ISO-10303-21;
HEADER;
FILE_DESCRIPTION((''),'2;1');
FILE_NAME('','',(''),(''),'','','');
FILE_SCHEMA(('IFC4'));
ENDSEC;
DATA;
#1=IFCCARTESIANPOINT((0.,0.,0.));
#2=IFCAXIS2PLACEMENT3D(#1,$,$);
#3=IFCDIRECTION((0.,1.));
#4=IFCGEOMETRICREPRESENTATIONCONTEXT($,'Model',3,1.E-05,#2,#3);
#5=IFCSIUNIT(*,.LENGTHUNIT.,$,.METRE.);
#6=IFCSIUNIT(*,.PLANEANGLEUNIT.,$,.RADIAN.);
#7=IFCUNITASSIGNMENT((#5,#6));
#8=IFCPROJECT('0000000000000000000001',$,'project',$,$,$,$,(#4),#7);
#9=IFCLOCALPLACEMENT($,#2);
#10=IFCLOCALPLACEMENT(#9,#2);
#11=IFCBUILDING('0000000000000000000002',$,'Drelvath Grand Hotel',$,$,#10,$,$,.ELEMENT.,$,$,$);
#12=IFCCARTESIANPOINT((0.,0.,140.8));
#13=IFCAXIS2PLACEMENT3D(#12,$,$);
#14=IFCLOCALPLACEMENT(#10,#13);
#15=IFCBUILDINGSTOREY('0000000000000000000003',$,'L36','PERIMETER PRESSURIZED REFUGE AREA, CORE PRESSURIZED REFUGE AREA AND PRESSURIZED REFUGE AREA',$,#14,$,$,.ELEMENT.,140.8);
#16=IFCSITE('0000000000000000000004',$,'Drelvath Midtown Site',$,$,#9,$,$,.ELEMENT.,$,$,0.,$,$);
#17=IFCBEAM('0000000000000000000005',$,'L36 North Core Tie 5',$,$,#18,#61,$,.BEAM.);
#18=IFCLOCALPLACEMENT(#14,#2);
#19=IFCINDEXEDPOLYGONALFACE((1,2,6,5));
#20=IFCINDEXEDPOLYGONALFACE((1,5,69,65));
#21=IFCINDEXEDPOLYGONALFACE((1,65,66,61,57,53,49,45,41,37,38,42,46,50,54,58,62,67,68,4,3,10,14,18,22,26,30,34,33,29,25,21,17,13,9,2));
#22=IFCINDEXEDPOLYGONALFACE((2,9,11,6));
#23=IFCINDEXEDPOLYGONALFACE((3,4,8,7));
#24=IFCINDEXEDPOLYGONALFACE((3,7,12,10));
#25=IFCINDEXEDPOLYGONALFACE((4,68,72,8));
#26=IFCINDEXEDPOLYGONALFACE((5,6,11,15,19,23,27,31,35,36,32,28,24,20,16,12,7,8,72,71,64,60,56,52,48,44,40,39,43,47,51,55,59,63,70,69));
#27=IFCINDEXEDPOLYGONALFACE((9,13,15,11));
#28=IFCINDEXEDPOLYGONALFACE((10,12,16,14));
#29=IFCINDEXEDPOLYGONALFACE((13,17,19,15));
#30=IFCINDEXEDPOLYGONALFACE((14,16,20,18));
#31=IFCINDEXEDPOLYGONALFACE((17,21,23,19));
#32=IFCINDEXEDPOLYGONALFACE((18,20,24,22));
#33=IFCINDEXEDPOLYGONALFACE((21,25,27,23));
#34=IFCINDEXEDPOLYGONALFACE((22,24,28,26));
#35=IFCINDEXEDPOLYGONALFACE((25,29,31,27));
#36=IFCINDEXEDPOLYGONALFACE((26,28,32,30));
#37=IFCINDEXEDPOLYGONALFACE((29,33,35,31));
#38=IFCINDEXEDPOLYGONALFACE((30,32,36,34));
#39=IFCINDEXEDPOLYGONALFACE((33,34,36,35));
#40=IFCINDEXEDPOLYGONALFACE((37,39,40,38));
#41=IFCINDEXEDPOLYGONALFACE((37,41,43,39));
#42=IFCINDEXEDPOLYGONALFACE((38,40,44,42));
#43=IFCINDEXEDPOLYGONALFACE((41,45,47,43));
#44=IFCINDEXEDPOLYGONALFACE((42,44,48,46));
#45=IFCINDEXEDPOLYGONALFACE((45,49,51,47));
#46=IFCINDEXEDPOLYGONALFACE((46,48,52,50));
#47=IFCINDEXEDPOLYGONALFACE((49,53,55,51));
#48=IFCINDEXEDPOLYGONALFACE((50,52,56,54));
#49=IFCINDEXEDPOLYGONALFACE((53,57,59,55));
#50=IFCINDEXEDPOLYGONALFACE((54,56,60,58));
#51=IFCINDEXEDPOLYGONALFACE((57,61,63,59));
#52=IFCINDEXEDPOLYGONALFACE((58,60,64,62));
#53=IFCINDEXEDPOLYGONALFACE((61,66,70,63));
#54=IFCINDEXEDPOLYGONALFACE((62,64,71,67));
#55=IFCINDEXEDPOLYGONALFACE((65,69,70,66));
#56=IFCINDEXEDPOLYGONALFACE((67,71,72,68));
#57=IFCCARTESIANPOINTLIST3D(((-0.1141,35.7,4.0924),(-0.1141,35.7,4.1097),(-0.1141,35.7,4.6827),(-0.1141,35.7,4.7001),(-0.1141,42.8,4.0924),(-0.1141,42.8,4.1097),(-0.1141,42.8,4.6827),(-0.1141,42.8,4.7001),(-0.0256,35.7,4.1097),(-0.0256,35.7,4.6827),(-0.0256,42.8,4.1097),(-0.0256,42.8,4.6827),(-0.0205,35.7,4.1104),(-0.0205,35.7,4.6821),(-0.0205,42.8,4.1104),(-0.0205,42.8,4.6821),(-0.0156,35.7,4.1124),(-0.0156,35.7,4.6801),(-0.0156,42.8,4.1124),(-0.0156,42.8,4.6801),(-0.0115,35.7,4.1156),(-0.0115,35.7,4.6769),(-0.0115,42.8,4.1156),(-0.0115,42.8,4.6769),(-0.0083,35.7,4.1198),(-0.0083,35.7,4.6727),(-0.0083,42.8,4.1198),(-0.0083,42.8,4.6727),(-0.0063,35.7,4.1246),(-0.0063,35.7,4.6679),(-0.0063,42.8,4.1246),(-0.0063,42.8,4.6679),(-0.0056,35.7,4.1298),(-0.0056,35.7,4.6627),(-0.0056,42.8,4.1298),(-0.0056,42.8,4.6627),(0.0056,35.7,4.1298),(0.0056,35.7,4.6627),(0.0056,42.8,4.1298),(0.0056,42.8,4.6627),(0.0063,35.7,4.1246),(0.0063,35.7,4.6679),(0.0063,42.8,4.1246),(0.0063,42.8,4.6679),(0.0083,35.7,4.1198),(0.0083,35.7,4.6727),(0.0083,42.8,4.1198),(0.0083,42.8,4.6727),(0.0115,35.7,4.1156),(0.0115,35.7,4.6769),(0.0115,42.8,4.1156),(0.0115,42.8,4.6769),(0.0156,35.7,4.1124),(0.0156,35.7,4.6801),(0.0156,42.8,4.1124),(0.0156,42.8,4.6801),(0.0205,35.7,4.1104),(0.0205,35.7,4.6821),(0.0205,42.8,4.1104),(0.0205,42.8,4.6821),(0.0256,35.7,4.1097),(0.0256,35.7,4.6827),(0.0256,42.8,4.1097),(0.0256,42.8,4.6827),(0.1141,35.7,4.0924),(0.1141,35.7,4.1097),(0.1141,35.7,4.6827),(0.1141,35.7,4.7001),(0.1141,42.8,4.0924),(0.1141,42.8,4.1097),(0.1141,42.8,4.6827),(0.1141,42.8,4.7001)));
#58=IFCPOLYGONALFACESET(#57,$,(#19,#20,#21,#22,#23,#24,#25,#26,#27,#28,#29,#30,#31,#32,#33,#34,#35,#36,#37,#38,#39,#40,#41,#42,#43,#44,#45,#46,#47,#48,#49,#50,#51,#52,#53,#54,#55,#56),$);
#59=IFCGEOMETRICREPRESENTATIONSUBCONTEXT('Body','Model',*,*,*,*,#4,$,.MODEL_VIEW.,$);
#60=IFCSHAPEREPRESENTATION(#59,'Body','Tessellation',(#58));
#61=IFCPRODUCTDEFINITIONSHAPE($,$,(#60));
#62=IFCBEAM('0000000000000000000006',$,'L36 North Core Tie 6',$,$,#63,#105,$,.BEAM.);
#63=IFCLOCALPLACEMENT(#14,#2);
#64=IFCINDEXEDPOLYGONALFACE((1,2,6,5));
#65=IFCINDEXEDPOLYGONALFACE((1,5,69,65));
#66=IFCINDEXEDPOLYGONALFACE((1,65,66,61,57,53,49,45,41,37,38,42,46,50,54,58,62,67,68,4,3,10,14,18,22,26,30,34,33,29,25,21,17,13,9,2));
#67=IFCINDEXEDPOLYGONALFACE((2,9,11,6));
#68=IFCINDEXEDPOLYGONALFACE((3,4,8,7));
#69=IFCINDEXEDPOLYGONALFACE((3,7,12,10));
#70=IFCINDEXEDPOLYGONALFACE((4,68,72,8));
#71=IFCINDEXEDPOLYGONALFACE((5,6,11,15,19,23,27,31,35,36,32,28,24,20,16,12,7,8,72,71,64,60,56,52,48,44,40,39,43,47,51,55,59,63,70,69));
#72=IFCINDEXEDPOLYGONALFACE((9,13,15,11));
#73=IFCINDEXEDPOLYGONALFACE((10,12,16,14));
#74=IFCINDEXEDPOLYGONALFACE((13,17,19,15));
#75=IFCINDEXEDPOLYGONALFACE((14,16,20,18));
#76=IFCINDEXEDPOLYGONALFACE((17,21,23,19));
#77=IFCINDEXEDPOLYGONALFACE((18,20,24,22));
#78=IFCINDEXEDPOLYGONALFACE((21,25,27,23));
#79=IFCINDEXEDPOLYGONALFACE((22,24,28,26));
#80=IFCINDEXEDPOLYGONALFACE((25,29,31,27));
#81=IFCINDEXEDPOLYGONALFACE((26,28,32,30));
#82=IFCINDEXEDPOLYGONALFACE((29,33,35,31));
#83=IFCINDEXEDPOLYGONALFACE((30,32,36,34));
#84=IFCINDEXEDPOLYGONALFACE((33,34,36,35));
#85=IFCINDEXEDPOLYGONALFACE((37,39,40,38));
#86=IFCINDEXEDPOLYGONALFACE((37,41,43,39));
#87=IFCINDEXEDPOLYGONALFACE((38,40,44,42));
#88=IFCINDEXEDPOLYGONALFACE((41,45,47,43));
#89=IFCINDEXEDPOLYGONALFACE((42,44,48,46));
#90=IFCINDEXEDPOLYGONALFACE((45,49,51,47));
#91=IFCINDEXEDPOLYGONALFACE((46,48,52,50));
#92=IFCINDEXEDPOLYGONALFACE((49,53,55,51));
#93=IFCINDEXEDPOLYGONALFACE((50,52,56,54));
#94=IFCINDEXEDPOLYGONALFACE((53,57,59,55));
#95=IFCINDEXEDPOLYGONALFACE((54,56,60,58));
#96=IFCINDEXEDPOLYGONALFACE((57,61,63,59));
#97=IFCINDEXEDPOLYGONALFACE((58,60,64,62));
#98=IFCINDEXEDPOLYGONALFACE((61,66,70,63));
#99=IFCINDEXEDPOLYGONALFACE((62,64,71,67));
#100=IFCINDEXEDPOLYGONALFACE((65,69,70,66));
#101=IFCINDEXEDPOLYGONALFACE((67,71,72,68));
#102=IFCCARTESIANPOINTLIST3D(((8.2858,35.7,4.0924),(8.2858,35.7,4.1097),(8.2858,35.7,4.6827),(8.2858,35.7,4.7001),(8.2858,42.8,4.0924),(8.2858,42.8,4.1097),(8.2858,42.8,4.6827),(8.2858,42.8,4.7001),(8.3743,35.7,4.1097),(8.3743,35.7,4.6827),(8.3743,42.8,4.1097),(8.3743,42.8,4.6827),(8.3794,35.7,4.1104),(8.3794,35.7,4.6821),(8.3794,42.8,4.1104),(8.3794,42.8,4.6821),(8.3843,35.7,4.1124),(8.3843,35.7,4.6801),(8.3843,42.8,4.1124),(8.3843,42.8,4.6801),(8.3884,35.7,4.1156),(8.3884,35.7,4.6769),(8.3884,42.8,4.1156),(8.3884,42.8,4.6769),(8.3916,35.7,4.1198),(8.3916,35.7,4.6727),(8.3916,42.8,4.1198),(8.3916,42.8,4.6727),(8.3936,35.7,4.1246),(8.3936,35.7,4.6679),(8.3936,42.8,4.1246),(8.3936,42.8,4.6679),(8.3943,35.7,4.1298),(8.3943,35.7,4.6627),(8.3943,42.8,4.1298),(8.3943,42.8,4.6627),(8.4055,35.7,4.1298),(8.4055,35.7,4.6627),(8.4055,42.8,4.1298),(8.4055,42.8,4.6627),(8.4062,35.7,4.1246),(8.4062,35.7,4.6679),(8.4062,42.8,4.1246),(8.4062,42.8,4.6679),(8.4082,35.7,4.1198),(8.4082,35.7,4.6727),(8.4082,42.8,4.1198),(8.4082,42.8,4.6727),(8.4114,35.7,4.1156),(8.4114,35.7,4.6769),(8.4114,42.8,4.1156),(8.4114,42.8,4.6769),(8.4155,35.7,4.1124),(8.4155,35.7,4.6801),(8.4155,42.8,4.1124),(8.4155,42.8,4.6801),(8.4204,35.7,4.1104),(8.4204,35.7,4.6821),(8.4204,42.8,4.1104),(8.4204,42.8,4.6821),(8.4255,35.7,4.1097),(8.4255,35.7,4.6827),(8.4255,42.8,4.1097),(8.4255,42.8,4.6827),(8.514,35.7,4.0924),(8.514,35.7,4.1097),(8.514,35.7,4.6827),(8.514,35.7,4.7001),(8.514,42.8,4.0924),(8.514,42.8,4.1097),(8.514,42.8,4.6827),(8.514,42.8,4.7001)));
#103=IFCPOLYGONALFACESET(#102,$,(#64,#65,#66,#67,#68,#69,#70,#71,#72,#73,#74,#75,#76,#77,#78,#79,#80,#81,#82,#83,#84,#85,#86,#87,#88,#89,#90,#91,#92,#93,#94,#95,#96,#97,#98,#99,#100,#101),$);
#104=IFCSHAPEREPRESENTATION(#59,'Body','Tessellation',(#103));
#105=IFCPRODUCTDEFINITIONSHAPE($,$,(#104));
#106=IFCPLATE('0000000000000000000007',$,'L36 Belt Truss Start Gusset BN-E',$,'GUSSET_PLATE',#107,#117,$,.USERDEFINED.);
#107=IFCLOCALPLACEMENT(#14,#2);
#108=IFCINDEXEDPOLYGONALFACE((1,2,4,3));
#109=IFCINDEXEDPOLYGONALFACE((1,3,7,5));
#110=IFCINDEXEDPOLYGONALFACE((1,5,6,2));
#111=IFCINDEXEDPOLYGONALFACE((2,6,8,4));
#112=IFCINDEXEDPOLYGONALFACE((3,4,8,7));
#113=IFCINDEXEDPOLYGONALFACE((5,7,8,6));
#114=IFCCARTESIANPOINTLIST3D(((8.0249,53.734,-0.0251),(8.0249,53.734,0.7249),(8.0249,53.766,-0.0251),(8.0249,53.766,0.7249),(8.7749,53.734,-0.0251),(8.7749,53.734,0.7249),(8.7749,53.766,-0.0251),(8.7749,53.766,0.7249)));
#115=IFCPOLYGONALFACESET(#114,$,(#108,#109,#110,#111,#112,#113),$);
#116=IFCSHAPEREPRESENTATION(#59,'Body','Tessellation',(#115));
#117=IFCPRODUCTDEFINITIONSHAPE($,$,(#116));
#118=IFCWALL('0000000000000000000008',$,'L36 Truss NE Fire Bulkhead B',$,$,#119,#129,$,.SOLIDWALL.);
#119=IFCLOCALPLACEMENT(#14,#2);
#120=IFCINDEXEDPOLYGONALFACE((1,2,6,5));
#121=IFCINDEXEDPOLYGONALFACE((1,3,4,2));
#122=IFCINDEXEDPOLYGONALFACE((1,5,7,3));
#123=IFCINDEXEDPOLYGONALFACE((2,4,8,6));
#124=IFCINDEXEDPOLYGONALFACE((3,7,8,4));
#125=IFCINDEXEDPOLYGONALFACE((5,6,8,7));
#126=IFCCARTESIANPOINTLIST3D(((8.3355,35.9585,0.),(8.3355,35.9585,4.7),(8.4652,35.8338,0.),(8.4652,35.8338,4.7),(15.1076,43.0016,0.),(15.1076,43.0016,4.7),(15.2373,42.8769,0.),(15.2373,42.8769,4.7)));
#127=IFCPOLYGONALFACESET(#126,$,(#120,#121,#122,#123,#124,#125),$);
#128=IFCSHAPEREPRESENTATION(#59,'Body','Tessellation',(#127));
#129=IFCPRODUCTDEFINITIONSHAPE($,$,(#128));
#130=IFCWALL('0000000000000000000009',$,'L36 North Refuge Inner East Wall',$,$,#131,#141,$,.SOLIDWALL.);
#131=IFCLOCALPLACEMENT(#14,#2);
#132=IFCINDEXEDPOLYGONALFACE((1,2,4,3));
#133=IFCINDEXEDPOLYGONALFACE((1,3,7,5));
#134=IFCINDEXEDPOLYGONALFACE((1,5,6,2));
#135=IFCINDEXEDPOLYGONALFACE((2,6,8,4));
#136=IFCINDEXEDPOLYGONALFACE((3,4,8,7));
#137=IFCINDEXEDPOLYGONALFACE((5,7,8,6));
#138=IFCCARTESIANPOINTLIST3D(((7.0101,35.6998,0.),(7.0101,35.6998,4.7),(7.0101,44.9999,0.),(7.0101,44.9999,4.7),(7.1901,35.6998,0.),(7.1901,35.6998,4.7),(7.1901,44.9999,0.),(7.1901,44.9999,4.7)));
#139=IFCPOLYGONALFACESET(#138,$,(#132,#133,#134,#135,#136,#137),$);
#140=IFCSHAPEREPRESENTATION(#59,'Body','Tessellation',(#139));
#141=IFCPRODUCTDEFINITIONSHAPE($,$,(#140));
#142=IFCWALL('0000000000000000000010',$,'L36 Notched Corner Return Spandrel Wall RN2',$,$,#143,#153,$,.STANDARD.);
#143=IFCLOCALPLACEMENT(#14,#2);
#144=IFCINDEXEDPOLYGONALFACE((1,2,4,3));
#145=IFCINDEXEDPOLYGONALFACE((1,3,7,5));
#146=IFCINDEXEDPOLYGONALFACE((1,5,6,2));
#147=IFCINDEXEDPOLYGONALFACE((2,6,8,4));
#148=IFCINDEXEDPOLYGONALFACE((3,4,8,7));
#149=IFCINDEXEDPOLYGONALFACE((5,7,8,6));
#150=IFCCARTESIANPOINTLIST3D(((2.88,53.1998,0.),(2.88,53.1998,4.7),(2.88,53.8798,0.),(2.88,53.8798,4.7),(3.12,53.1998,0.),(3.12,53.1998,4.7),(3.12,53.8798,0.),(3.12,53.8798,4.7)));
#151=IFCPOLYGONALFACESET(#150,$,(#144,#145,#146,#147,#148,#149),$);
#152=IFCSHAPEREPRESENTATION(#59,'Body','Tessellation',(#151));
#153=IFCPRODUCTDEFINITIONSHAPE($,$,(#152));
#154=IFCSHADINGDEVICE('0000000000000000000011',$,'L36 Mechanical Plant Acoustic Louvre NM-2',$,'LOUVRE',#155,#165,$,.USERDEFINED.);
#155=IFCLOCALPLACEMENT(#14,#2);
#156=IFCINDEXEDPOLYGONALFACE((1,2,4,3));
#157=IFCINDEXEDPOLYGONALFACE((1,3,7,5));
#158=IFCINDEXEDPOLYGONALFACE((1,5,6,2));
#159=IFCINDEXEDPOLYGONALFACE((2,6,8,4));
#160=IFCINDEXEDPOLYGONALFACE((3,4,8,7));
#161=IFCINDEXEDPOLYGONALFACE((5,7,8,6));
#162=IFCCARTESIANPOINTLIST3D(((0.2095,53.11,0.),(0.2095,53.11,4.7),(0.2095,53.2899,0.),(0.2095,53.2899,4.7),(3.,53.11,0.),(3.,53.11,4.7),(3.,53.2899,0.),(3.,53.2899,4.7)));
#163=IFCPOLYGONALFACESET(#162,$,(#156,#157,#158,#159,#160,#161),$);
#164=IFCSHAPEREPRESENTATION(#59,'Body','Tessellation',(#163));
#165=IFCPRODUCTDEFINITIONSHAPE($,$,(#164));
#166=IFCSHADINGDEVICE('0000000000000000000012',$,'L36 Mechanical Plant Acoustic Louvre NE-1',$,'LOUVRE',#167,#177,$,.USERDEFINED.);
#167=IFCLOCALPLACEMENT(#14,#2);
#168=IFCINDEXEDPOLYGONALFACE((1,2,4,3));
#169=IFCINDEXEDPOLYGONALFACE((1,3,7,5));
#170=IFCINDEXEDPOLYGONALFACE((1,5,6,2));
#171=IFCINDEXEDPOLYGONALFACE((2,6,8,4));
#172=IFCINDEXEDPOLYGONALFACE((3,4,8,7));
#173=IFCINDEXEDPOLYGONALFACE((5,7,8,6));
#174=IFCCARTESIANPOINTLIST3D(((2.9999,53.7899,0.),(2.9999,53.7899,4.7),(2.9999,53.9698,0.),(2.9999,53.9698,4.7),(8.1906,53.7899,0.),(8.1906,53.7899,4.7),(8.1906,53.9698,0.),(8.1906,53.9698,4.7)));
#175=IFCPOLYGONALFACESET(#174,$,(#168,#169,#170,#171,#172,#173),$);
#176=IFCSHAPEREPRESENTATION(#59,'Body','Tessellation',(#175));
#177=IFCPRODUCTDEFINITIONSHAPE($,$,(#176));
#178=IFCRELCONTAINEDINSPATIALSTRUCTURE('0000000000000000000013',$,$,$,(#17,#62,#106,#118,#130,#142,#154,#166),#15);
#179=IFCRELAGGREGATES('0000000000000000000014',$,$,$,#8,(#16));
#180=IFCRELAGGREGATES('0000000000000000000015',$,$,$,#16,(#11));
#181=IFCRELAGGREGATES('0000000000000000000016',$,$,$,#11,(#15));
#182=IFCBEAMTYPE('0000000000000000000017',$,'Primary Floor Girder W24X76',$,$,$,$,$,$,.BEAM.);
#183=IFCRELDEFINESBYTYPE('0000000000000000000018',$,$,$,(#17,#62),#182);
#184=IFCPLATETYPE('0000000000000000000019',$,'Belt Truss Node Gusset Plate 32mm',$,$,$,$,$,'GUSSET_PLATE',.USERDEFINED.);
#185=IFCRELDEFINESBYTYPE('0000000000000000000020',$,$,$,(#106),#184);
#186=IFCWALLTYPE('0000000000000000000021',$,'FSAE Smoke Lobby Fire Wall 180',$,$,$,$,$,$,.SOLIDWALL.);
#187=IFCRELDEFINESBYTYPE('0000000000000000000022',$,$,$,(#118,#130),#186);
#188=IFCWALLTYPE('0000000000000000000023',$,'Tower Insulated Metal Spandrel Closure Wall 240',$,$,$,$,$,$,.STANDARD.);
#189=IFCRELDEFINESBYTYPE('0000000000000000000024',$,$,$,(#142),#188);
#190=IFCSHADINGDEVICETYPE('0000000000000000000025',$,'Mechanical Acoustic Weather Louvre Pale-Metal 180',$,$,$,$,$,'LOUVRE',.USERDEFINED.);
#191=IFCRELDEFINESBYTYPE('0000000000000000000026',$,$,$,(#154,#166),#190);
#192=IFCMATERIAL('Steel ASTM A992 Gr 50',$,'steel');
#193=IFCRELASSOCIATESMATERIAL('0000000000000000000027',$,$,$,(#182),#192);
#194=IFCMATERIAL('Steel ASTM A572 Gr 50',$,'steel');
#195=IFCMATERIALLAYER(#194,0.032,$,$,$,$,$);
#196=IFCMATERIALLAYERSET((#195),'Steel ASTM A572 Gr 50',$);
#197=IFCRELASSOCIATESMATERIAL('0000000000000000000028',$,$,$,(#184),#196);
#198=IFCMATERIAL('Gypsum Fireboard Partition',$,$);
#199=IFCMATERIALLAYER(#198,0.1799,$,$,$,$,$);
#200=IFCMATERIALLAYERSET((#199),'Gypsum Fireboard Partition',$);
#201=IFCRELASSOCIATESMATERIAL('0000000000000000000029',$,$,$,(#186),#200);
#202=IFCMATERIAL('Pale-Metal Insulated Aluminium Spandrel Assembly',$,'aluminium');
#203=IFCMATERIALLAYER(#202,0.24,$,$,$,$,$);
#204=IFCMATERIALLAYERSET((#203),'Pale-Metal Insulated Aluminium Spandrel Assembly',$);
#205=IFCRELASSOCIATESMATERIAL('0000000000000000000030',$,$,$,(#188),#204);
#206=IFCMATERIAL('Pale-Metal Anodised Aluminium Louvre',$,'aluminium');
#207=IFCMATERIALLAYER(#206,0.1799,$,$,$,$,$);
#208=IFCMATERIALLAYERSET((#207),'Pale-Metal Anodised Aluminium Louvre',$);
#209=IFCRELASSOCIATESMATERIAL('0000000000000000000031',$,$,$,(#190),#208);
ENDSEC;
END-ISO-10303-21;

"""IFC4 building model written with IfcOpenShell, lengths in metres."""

from ifc_helpers import new_model, si_unit, direction, frame, frame_2d, origin, origin_2d, place, context, subcontext, project, spatial, rectangle, i_section, extrude, material, layer, layer_set, material_profile, profile_set, type_object, element, save


model = new_model("IFC4")

# Units and contexts
model_context = context("Model", 3, precision=1e-05, world=origin(), true_north=direction((0.0, 1.0)))
body_context = subcontext(model_context, "Body", "Model", "MODEL_VIEW")
ifc_project = project(units=[si_unit("LENGTHUNIT", "METRE"), si_unit("PLANEANGLEUNIT", "RADIAN")], contexts=[model_context])

# Site, building, storey
site_placement = place(None, origin())
site = spatial("IfcSite", under=ifc_project, at=site_placement, Name="Drelvath Midtown Site", CompositionType="ELEMENT", RefElevation=0.0)
building_placement = place(site_placement, origin())
building = spatial("IfcBuilding", under=site, at=building_placement, Name="Drelvath Grand Hotel", CompositionType="ELEMENT")
storey_placement = place(building_placement, frame((0.0, 0.0, 140.8)))
storey = spatial("IfcBuildingStorey", under=building, at=storey_placement, Name="L36", Description="PERIMETER PRESSURIZED REFUGE AREA, CORE PRESSURIZED REFUGE AREA AND PRESSURIZED REFUGE AREA", CompositionType="ELEMENT", Elevation=140.8)

# Shared definitions
ifc_material_1 = material(Name="Steel ASTM A572 Gr 50", Category="steel")

# Beams
ifc_material_2 = material(Name="Steel ASTM A992 Gr 50", Category="steel")
ifc_material_profile_1 = material_profile(ifc_material_2, i_section(OverallWidth=0.2283, OverallDepth=0.6077, WebThickness=0.0112, FlangeThickness=0.0173, FilletRadius=0.02, at=origin_2d()), Name="W24X76")
ifc_profile_set_1 = profile_set([ifc_material_profile_1], Name="Steel ASTM A992 Gr 50")
beam_type_1 = type_object("IfcBeamType", Name="Primary Floor Girder W24X76", PredefinedType="BEAM", material=ifc_profile_set_1)
for number, where, z_axis, x_axis, name in (
    (1, (0.0, 35.7, 4.3962), (0.0, 1.0, 0.0), (-1.0, 0.0, 0.0), "L36 North Core Tie 5"),
    (2, (8.3999, 35.7, 4.3962), (0.0, 1.0, 0.0), (-1.0, 0.0, 0.0), "L36 North Core Tie 6"),
):
    element("IfcBeam", number, at=place(storey_placement, frame(where, z_axis=z_axis, x_axis=x_axis)), inside=storey, type_object=beam_type_1, Name=name, PredefinedType="BEAM", context=body_context, shape_type="SweptSolid", body=[
        extrude(i_section(OverallWidth=0.2283, OverallDepth=0.6077, WebThickness=0.0112, FlangeThickness=0.0173, FilletRadius=0.02, at=origin_2d()), origin(), (0.0, 0.0, 1.0), 7.1001),
    ])

# Plate
ifc_layer_1 = layer(ifc_material_1, 0.032)
ifc_layer_set_1 = layer_set([ifc_layer_1], Name="Steel ASTM A572 Gr 50")
plate_type = type_object("IfcPlateType", Name="Belt Truss Node Gusset Plate 32mm", ElementType="GUSSET_PLATE", PredefinedType="USERDEFINED", material=ifc_layer_set_1)
plate_placement = place(storey_placement, frame((8.3999, 53.75, -0.0251), z_axis=(0.0, 0.0, 1.0), x_axis=(1.0, 0.0, 0.0)))
element("IfcPlate", 3, at=plate_placement, inside=storey, type_object=plate_type, Name="L36 Belt Truss Start Gusset BN-E", ObjectType="GUSSET_PLATE", PredefinedType="USERDEFINED", context=body_context, shape_type="SweptSolid", body=[
    extrude(rectangle(XDim=0.75, YDim=0.032, at=origin_2d()), origin(), (0.0, 0.0, 1.0), 0.75),
])

# Walls
ifc_material_3 = material(Name="Gypsum Fireboard Partition")
ifc_layer_2 = layer(ifc_material_3, 0.1799)
ifc_layer_set_2 = layer_set([ifc_layer_2], Name="Gypsum Fireboard Partition")
wall_type_1 = type_object("IfcWallType", Name="FSAE Smoke Lobby Fire Wall 180", PredefinedType="SOLIDWALL", material=ifc_layer_set_2)
wall_1_placement = place(storey_placement, frame((8.4004, 35.8962, 0.0), z_axis=(0.0, 0.0, 1.0), x_axis=(0.693103, 0.720838, 0.0)))
element("IfcWall", 4, at=wall_1_placement, inside=storey, type_object=wall_type_1, Name="L36 Truss NE Fire Bulkhead B", PredefinedType="SOLIDWALL", context=body_context, shape_type="SweptSolid", body=[
    extrude(rectangle(XDim=9.7708, YDim=0.1799, at=frame_2d((4.8853, 0.0))), origin(), (0.0, 0.0, 1.0), 4.7),
])
wall_2_placement = place(storey_placement, frame((7.1001, 35.7, 0.0), z_axis=(0.0, 0.0, 1.0), x_axis=(0.0, 1.0, 0.0)))
element("IfcWall", 5, at=wall_2_placement, inside=storey, type_object=wall_type_1, Name="L36 North Refuge Inner East Wall", PredefinedType="SOLIDWALL", context=body_context, shape_type="SweptSolid", body=[
    extrude(rectangle(XDim=9.3, YDim=0.1799, at=frame_2d((4.6499, 0.0))), origin(), (0.0, 0.0, 1.0), 4.7),
])
ifc_material_4 = material(Name="Pale-Metal Insulated Aluminium Spandrel Assembly", Category="aluminium")
ifc_layer_3 = layer(ifc_material_4, 0.24)
ifc_layer_set_3 = layer_set([ifc_layer_3], Name="Pale-Metal Insulated Aluminium Spandrel Assembly")
wall_type_2 = type_object("IfcWallType", Name="Tower Insulated Metal Spandrel Closure Wall 240", PredefinedType="STANDARD", material=ifc_layer_set_3)
wall_3_placement = place(storey_placement, frame((3.0, 53.2, 0.0), z_axis=(0.0, 0.0, 1.0), x_axis=(0.0, 1.0, 0.0)))
element("IfcWall", 6, at=wall_3_placement, inside=storey, type_object=wall_type_2, Name="L36 Notched Corner Return Spandrel Wall RN2", PredefinedType="STANDARD", context=body_context, shape_type="SweptSolid", body=[
    extrude(rectangle(XDim=0.6799, YDim=0.24, at=frame_2d((0.3398, 0.0))), origin(), (0.0, 0.0, 1.0), 4.7),
])

# Shading devices
ifc_material_5 = material(Name="Pale-Metal Anodised Aluminium Louvre", Category="aluminium")
ifc_layer_4 = layer(ifc_material_5, 0.1799)
ifc_layer_set_4 = layer_set([ifc_layer_4], Name="Pale-Metal Anodised Aluminium Louvre")
shading_device_type = type_object("IfcShadingDeviceType", Name="Mechanical Acoustic Weather Louvre Pale-Metal 180", ElementType="LOUVRE", PredefinedType="USERDEFINED", material=ifc_layer_set_4)
shading_device_1_placement = place(storey_placement, frame((1.6047, 53.2, 0.0), z_axis=(0.0, 0.0, 1.0), x_axis=(1.0, 0.0, 0.0)))
element("IfcShadingDevice", 7, at=shading_device_1_placement, inside=storey, type_object=shading_device_type, Name="L36 Mechanical Plant Acoustic Louvre NM-2", ObjectType="LOUVRE", PredefinedType="USERDEFINED", context=body_context, shape_type="SweptSolid", body=[
    extrude(rectangle(XDim=2.7905, YDim=0.1799, at=origin_2d()), origin(), (0.0, 0.0, 1.0), 4.7),
])
shading_device_2_placement = place(storey_placement, frame((5.5952, 53.8799, 0.0), z_axis=(0.0, 0.0, 1.0), x_axis=(1.0, 0.0, 0.0)))
element("IfcShadingDevice", 8, at=shading_device_2_placement, inside=storey, type_object=shading_device_type, Name="L36 Mechanical Plant Acoustic Louvre NE-1", ObjectType="LOUVRE", PredefinedType="USERDEFINED", context=body_context, shape_type="SweptSolid", body=[
    extrude(rectangle(XDim=5.1907, YDim=0.1799, at=origin_2d()), origin(), (0.0, 0.0, 1.0), 4.7),
])

save(model, "model.ifc")
